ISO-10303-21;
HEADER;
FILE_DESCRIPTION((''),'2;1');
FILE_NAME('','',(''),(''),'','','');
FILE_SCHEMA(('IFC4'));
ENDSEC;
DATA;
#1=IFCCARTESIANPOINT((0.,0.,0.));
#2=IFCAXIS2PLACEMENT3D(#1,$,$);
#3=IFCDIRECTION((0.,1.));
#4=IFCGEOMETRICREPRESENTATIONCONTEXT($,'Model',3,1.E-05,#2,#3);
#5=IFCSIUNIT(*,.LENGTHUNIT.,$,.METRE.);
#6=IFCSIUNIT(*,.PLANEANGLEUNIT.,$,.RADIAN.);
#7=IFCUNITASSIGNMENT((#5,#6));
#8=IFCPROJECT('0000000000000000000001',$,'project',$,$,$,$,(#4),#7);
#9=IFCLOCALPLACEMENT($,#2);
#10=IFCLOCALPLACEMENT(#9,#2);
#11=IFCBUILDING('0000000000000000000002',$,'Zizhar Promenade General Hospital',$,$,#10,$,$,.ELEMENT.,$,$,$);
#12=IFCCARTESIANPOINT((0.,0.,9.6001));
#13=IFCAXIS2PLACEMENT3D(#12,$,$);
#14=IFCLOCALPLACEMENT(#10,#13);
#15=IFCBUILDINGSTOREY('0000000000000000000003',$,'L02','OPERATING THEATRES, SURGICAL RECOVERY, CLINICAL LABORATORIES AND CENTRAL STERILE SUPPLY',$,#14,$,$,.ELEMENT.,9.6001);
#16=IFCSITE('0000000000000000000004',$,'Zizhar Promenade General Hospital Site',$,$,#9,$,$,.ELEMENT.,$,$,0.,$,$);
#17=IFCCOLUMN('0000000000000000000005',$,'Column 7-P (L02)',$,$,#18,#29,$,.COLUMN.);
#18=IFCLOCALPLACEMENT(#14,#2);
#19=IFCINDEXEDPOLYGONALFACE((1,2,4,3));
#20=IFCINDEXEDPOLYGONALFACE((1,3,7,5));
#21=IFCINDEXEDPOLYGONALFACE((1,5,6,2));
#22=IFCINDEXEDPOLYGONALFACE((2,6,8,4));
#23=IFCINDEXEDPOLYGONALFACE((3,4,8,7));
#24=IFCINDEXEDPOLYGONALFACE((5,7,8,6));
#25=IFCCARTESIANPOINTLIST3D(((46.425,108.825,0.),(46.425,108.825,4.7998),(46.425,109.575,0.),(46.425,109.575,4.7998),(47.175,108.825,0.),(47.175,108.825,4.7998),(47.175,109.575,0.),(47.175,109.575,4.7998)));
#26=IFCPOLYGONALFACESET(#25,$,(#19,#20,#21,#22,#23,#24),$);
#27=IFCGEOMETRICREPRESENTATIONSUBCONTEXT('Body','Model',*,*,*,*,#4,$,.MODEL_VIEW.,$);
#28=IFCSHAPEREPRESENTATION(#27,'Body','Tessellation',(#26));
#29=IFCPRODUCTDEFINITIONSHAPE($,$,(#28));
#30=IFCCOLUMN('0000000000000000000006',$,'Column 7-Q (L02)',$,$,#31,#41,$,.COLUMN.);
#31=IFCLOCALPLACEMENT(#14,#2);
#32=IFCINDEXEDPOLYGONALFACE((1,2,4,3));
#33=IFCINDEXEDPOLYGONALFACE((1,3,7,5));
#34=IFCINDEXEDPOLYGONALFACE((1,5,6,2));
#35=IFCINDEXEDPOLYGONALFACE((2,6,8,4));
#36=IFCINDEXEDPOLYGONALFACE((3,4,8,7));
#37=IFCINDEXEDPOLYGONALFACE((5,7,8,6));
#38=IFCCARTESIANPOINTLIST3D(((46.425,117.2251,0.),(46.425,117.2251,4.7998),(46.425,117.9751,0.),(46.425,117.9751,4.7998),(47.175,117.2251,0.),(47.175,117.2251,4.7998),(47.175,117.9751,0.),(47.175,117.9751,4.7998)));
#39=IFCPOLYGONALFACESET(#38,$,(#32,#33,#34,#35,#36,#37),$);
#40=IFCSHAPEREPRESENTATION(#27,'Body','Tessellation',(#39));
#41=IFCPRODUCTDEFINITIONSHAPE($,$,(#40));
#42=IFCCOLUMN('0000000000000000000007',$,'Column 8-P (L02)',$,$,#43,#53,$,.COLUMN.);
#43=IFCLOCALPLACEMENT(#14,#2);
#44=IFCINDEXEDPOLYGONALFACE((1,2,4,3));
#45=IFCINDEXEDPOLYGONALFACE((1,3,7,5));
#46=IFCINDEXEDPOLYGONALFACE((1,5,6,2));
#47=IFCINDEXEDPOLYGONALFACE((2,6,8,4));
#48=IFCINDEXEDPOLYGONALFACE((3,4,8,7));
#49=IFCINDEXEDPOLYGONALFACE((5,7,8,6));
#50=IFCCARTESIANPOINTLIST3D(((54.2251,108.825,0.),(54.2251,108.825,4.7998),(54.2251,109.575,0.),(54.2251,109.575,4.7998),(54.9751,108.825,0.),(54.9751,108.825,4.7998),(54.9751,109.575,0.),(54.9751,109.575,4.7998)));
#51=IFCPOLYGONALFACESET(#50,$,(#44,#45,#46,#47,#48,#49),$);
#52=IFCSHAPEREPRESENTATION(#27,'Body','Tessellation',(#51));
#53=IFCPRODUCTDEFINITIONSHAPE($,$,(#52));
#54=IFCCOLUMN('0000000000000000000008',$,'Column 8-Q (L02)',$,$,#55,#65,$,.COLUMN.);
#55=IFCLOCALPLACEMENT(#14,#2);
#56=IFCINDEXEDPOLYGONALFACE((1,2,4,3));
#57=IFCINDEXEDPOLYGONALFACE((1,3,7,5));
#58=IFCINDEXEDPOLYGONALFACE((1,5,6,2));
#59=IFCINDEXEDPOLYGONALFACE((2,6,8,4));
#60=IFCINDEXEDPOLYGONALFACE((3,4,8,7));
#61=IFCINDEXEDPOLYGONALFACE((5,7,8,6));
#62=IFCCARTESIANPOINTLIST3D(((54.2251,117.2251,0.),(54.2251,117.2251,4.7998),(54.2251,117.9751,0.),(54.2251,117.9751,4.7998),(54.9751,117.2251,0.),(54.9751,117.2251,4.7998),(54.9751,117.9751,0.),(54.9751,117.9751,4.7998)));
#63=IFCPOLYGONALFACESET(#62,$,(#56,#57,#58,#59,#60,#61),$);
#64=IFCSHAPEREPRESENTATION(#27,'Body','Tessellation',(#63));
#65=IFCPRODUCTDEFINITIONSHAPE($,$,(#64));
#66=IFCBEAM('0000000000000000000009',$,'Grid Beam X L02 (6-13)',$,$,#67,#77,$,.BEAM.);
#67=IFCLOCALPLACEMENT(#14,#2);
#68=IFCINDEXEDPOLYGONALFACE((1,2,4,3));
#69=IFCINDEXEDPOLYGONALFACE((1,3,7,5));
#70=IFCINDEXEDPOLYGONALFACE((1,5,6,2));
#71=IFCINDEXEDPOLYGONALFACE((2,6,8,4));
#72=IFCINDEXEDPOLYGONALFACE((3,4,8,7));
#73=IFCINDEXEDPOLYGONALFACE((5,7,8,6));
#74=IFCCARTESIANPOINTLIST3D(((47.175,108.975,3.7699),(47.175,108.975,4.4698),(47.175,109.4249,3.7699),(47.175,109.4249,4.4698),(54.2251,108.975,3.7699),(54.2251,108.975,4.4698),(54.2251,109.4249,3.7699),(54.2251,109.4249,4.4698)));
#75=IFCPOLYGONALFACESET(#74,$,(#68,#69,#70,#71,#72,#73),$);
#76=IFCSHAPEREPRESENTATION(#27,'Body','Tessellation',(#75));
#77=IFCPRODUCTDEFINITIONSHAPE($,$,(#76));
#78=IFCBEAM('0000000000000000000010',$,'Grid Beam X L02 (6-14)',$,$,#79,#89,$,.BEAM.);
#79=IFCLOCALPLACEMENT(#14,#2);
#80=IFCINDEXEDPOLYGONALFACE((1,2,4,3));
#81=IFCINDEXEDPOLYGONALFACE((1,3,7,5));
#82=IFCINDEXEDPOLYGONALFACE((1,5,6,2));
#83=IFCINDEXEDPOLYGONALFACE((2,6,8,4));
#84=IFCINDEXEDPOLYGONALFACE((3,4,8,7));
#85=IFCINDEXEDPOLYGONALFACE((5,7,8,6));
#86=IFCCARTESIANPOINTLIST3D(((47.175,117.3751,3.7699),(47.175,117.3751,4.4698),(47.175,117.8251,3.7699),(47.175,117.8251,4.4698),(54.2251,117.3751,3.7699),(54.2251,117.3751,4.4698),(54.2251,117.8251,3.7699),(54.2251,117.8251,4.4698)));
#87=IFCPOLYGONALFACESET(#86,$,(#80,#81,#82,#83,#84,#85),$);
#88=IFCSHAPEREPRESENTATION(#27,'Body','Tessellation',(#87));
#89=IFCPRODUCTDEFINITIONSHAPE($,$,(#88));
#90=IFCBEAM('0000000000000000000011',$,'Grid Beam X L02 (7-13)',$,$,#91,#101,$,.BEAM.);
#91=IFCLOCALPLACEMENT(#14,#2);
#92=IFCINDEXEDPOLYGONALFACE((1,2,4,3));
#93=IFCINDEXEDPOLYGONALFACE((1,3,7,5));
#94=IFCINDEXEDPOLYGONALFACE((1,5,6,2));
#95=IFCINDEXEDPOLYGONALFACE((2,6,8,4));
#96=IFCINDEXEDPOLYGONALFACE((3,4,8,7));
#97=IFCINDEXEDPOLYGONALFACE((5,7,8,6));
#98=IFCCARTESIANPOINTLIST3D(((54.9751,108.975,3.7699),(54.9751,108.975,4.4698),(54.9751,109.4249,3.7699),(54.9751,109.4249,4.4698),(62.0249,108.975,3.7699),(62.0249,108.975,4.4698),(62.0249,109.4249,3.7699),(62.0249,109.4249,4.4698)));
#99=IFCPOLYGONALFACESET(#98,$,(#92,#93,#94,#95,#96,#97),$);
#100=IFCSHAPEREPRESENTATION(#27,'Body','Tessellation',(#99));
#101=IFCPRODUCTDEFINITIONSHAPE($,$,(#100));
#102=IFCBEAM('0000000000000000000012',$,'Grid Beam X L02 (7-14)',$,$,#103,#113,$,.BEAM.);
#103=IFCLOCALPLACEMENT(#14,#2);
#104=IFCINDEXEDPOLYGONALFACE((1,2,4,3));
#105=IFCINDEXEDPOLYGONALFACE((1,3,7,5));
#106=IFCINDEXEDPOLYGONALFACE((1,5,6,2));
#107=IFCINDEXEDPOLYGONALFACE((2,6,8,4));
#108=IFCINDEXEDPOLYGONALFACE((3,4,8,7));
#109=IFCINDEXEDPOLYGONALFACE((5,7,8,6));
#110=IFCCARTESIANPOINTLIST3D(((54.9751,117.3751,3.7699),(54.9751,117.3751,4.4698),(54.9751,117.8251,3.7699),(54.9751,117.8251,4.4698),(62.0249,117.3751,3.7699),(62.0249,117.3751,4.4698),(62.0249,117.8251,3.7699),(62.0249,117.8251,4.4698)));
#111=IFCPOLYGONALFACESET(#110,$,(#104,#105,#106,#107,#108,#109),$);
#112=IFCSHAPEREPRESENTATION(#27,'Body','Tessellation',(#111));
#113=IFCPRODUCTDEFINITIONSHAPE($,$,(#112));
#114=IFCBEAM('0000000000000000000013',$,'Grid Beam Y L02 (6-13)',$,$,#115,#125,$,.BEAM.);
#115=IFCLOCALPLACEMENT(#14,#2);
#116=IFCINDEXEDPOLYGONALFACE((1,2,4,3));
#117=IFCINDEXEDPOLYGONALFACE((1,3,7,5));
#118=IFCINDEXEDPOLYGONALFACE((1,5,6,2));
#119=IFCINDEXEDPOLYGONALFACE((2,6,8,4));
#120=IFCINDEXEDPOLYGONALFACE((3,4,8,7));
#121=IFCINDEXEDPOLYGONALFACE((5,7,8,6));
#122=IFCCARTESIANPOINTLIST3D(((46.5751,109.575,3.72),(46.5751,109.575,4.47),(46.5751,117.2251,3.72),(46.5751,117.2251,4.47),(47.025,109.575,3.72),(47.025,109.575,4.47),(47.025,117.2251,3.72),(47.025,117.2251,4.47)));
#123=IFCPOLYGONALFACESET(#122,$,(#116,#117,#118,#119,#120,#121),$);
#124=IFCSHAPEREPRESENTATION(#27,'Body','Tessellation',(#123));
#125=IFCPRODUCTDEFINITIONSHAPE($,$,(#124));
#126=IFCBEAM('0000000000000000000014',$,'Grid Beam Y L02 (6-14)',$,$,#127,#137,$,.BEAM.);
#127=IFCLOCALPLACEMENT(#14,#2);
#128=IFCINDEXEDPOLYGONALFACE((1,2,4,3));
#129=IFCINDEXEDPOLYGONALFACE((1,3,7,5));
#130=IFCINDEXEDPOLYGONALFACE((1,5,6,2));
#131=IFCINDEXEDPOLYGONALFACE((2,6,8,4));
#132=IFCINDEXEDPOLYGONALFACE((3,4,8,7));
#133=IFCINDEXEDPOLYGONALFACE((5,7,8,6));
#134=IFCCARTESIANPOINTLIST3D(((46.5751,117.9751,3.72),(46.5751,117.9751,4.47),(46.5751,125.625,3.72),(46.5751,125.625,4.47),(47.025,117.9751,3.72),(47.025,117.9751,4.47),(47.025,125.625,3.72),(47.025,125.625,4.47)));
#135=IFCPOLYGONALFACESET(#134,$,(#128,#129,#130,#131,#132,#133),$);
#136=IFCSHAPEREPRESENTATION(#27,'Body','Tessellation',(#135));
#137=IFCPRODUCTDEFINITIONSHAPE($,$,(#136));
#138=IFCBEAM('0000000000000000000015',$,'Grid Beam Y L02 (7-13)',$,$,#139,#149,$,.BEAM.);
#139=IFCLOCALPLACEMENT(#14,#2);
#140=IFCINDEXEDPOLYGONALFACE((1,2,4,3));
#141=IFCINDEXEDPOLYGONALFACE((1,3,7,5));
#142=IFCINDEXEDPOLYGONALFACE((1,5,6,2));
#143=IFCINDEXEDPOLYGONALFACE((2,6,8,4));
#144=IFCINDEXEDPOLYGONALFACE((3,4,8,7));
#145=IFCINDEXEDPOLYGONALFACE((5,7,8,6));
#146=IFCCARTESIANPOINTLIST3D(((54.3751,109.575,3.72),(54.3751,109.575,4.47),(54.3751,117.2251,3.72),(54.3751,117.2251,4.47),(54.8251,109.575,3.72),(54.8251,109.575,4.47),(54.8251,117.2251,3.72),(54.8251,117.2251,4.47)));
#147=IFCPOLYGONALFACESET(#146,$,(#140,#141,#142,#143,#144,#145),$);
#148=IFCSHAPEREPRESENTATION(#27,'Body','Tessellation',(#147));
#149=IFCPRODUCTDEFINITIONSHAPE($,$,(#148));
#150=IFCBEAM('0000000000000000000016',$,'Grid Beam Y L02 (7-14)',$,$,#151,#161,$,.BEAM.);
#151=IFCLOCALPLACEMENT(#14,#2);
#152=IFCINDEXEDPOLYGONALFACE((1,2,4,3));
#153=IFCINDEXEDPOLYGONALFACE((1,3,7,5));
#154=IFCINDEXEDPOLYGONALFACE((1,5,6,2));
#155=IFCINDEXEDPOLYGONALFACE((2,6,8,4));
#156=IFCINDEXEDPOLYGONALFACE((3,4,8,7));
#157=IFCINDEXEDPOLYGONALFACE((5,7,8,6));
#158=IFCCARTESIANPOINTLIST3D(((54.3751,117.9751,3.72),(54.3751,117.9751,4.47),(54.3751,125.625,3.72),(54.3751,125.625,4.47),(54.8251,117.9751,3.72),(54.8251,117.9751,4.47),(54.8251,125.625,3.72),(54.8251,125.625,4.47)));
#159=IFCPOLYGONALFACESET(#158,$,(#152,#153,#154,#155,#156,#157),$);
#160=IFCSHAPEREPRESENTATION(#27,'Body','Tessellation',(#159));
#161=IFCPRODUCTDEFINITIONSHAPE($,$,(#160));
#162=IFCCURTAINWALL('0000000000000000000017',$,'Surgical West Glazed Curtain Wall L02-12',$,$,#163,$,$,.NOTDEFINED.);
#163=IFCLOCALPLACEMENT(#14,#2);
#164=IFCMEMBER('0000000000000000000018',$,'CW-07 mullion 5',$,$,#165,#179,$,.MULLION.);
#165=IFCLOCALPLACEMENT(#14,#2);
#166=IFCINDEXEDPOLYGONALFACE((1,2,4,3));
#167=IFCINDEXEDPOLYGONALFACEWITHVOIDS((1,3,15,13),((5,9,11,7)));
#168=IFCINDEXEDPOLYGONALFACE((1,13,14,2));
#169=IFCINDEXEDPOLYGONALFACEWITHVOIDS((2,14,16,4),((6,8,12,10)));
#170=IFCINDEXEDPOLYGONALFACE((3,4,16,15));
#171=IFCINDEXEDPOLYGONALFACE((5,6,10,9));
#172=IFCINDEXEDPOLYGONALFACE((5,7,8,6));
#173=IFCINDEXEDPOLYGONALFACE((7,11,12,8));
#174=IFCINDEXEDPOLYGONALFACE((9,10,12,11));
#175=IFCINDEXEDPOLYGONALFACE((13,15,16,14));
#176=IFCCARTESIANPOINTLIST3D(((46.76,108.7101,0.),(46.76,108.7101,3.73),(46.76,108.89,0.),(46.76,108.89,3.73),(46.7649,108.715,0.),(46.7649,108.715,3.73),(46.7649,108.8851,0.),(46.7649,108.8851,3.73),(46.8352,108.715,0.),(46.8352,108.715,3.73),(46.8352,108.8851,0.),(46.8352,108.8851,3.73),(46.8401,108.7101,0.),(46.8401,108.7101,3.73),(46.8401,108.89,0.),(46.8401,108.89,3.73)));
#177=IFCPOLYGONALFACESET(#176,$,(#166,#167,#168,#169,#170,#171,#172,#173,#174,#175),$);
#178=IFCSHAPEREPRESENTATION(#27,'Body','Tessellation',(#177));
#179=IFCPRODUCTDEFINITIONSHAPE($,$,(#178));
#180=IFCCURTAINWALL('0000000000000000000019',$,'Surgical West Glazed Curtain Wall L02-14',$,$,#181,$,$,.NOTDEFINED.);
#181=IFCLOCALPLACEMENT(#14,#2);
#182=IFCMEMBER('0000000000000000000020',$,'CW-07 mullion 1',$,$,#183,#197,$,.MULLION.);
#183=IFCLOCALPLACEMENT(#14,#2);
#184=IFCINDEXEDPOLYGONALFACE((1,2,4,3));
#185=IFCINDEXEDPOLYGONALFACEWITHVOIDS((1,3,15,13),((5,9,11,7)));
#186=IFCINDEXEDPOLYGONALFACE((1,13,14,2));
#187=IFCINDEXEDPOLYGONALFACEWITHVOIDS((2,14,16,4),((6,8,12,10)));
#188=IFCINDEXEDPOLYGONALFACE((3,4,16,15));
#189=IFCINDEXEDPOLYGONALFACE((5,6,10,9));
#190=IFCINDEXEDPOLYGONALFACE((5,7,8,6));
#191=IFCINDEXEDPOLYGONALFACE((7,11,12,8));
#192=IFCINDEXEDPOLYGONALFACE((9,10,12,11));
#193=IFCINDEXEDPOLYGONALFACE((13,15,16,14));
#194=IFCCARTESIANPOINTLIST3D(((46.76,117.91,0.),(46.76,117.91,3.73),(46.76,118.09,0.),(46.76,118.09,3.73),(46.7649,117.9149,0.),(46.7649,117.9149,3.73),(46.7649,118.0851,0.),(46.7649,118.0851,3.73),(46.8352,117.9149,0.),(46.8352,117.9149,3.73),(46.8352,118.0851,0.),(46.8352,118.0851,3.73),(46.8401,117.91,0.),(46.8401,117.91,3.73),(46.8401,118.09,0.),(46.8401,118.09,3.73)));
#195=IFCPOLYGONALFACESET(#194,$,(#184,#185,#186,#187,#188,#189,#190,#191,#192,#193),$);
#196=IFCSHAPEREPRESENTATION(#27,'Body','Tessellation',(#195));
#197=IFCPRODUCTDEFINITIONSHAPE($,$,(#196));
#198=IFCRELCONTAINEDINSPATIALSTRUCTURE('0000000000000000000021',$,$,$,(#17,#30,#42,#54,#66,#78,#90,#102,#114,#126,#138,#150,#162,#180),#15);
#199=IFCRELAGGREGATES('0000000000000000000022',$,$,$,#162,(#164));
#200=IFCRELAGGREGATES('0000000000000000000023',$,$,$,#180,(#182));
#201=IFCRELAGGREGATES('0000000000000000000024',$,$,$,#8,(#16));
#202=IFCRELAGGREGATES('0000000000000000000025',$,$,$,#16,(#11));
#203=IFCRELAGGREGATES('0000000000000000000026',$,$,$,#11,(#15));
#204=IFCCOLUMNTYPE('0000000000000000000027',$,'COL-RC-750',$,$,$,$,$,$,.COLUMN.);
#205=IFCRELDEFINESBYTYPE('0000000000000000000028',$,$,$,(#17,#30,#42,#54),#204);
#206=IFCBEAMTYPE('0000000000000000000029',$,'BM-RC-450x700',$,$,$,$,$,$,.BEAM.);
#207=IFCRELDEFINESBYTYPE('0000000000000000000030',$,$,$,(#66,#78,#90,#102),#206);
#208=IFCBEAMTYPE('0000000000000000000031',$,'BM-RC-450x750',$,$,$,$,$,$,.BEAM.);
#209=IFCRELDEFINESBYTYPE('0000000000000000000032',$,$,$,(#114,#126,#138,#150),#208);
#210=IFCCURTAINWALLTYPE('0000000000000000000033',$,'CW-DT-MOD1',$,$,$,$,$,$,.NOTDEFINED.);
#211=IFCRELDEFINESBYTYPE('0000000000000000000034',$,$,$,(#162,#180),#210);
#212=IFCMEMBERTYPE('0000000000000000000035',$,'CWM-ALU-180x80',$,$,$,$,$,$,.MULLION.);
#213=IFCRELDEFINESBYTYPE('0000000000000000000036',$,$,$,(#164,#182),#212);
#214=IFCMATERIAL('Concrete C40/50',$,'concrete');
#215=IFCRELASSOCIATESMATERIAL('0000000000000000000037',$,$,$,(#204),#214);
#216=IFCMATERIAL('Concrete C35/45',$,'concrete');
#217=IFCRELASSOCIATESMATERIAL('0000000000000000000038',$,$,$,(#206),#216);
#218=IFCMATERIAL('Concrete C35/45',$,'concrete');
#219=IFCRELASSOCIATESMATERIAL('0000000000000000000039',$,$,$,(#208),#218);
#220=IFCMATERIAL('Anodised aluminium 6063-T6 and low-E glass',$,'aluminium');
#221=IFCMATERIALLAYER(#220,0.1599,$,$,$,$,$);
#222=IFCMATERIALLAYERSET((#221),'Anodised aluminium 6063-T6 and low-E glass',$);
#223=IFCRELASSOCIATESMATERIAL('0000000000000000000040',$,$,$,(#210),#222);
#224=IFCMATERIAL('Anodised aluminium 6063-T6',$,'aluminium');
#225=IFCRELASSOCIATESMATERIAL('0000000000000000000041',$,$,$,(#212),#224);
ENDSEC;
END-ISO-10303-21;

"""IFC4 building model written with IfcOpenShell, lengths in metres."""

from ifc_helpers import new_model, si_unit, direction, frame, origin, origin_2d, place, context, subcontext, project, spatial, rectangle, hollow_rectangle, extrude, material, layer, layer_set, material_profile, profile_set, type_object, element, aggregate, save


model = new_model("IFC4")

# Units and contexts
model_context = context("Model", 3, precision=1e-05, world=origin(), true_north=direction((0.0, 1.0)))
body_context = subcontext(model_context, "Body", "Model", "MODEL_VIEW")
ifc_project = project(units=[si_unit("LENGTHUNIT", "METRE"), si_unit("PLANEANGLEUNIT", "RADIAN")], contexts=[model_context])

# Site, building, storey
site_placement = place(None, origin())
site = spatial("IfcSite", under=ifc_project, at=site_placement, Name="Zizhar Promenade General Hospital Site", CompositionType="ELEMENT", RefElevation=0.0)
building_placement = place(site_placement, origin())
building = spatial("IfcBuilding", under=site, at=building_placement, Name="Zizhar Promenade General Hospital", CompositionType="ELEMENT")
storey_placement = place(building_placement, frame((0.0, 0.0, 9.6001)))
storey = spatial("IfcBuildingStorey", under=building, at=storey_placement, Name="L02", Description="OPERATING THEATRES, SURGICAL RECOVERY, CLINICAL LABORATORIES AND CENTRAL STERILE SUPPLY", CompositionType="ELEMENT", Elevation=9.6001)

# Columns
ifc_material_1 = material(Name="Concrete C40/50", Category="concrete")
ifc_material_profile_1 = material_profile(ifc_material_1, rectangle(XDim=0.75, YDim=0.75, at=origin_2d()))
ifc_profile_set_1 = profile_set([ifc_material_profile_1], Name="Concrete C40/50")
column_type = type_object("IfcColumnType", Name="COL-RC-750", PredefinedType="COLUMN", material=ifc_profile_set_1)
for number, where, z_axis, x_axis, name in (
    (1, (46.8, 109.2, 0.0), (0.0, 0.0, 1.0), (1.0, 0.0, 0.0), "Column 7-P (L02)"),
    (2, (46.8, 117.6001, 0.0), (0.0, 0.0, 1.0), (1.0, 0.0, 0.0), "Column 7-Q (L02)"),
    (3, (54.6001, 109.2, 0.0), (0.0, 0.0, 1.0), (1.0, 0.0, 0.0), "Column 8-P (L02)"),
    (4, (54.6001, 117.6001, 0.0), (0.0, 0.0, 1.0), (1.0, 0.0, 0.0), "Column 8-Q (L02)"),
):
    element("IfcColumn", number, at=place(storey_placement, frame(where, z_axis=z_axis, x_axis=x_axis)), inside=storey, type_object=column_type, Name=name, PredefinedType="COLUMN", context=body_context, shape_type="SweptSolid", body=[
        extrude(rectangle(XDim=0.75, YDim=0.75, at=origin_2d()), origin(), (0.0, 0.0, 1.0), 4.7998),
    ])

# Beams
ifc_material_2 = material(Name="Concrete C35/45", Category="concrete")
ifc_material_profile_2 = material_profile(ifc_material_2, rectangle(XDim=0.45, YDim=0.7, at=origin_2d()))
ifc_profile_set_2 = profile_set([ifc_material_profile_2], Name="Concrete C35/45")
beam_type_1 = type_object("IfcBeamType", Name="BM-RC-450x700", PredefinedType="BEAM", material=ifc_profile_set_2)
for number, where, z_axis, x_axis, name in (
    (5, (47.175, 109.2, 4.1199), (1.0, 0.0, 0.0), (0.0, 1.0, 0.0), "Grid Beam X L02 (6-13)"),
    (6, (47.175, 117.6001, 4.1199), (1.0, 0.0, 0.0), (0.0, 1.0, 0.0), "Grid Beam X L02 (6-14)"),
):
    element("IfcBeam", number, at=place(storey_placement, frame(where, z_axis=z_axis, x_axis=x_axis)), inside=storey, type_object=beam_type_1, Name=name, PredefinedType="BEAM", context=body_context, shape_type="SweptSolid", body=[
        extrude(rectangle(XDim=0.45, YDim=0.7, at=origin_2d()), origin(), (0.0, 0.0, 1.0), 7.05),
    ])
for number, where, z_axis, x_axis, name in (
    (7, (54.9751, 109.2, 4.1199), (1.0, 0.0, 0.0), (0.0, 1.0, 0.0), "Grid Beam X L02 (7-13)"),
    (8, (54.9751, 117.6001, 4.1199), (1.0, 0.0, 0.0), (0.0, 1.0, 0.0), "Grid Beam X L02 (7-14)"),
):
    element("IfcBeam", number, at=place(storey_placement, frame(where, z_axis=z_axis, x_axis=x_axis)), inside=storey, type_object=beam_type_1, Name=name, PredefinedType="BEAM", context=body_context, shape_type="SweptSolid", body=[
        extrude(rectangle(XDim=0.45, YDim=0.7, at=origin_2d()), origin(), (0.0, 0.0, 1.0), 7.0498),
    ])
ifc_material_3 = material(Name="Concrete C35/45", Category="concrete")
ifc_material_profile_3 = material_profile(ifc_material_3, rectangle(XDim=0.45, YDim=0.75, at=origin_2d()))
ifc_profile_set_3 = profile_set([ifc_material_profile_3], Name="Concrete C35/45")
beam_type_2 = type_object("IfcBeamType", Name="BM-RC-450x750", PredefinedType="BEAM", material=ifc_profile_set_3)
beam_1_placement = place(storey_placement, frame((46.8, 109.575, 4.095), z_axis=(0.0, 1.0, 0.0), x_axis=(-1.0, 0.0, 0.0)))
element("IfcBeam", 9, at=beam_1_placement, inside=storey, type_object=beam_type_2, Name="Grid Beam Y L02 (6-13)", PredefinedType="BEAM", context=body_context, shape_type="SweptSolid", body=[
    extrude(rectangle(XDim=0.45, YDim=0.75, at=origin_2d()), origin(), (0.0, 0.0, 1.0), 7.6501),
])
beam_2_placement = place(storey_placement, frame((46.8, 117.9751, 4.095), z_axis=(0.0, 1.0, 0.0), x_axis=(-1.0, 0.0, 0.0)))
element("IfcBeam", 10, at=beam_2_placement, inside=storey, type_object=beam_type_2, Name="Grid Beam Y L02 (6-14)", PredefinedType="BEAM", context=body_context, shape_type="SweptSolid", body=[
    extrude(rectangle(XDim=0.45, YDim=0.75, at=origin_2d()), origin(), (0.0, 0.0, 1.0), 7.6499),
])
beam_3_placement = place(storey_placement, frame((54.6001, 109.575, 4.095), z_axis=(0.0, 1.0, 0.0), x_axis=(-1.0, 0.0, 0.0)))
element("IfcBeam", 11, at=beam_3_placement, inside=storey, type_object=beam_type_2, Name="Grid Beam Y L02 (7-13)", PredefinedType="BEAM", context=body_context, shape_type="SweptSolid", body=[
    extrude(rectangle(XDim=0.45, YDim=0.75, at=origin_2d()), origin(), (0.0, 0.0, 1.0), 7.6501),
])
beam_4_placement = place(storey_placement, frame((54.6001, 117.9751, 4.095), z_axis=(0.0, 1.0, 0.0), x_axis=(-1.0, 0.0, 0.0)))
element("IfcBeam", 12, at=beam_4_placement, inside=storey, type_object=beam_type_2, Name="Grid Beam Y L02 (7-14)", PredefinedType="BEAM", context=body_context, shape_type="SweptSolid", body=[
    extrude(rectangle(XDim=0.45, YDim=0.75, at=origin_2d()), origin(), (0.0, 0.0, 1.0), 7.6499),
])

# Curtain wall, member
ifc_material_4 = material(Name="Anodised aluminium 6063-T6 and low-E glass", Category="aluminium")
ifc_layer_1 = layer(ifc_material_4, 0.1599)
ifc_layer_set_1 = layer_set([ifc_layer_1], Name="Anodised aluminium 6063-T6 and low-E glass")
curtain_wall_type = type_object("IfcCurtainWallType", Name="CW-DT-MOD1", PredefinedType="NOTDEFINED", material=ifc_layer_set_1)
curtain_wall_1_placement = place(storey_placement, origin())
curtain_wall_1 = element("IfcCurtainWall", 13, at=curtain_wall_1_placement, inside=storey, type_object=curtain_wall_type, Name="Surgical West Glazed Curtain Wall L02-12", PredefinedType="NOTDEFINED")
ifc_material_5 = material(Name="Anodised aluminium 6063-T6", Category="aluminium")
ifc_material_profile_4 = material_profile(ifc_material_5, hollow_rectangle(XDim=0.0801, YDim=0.1799, WallThickness=0.0049, at=origin_2d()))
ifc_profile_set_4 = profile_set([ifc_material_profile_4], Name="Anodised aluminium 6063-T6")
member_type_1 = type_object("IfcMemberType", Name="CWM-ALU-180x80", PredefinedType="MULLION", material=ifc_profile_set_4)
member_1_placement = place(storey_placement, frame((46.8, 108.8, 0.0), z_axis=(0.0, 0.0, 1.0), x_axis=(-1.0, 0.0, 0.0)))
member_1 = element("IfcMember", 14, at=member_1_placement, type_object=member_type_1, Name="CW-07 mullion 5", PredefinedType="MULLION", context=body_context, shape_type="SweptSolid", body=[
    extrude(hollow_rectangle(XDim=0.0801, YDim=0.1799, WallThickness=0.0049, at=origin_2d()), origin(), (0.0, 0.0, 1.0), 3.73),
])

# Curtain wall, member
curtain_wall_2_placement = place(storey_placement, origin())
curtain_wall_2 = element("IfcCurtainWall", 15, at=curtain_wall_2_placement, inside=storey, type_object=curtain_wall_type, Name="Surgical West Glazed Curtain Wall L02-14", PredefinedType="NOTDEFINED")
member_2_placement = place(storey_placement, frame((46.8, 118.0, 0.0), z_axis=(0.0, 0.0, 1.0), x_axis=(-1.0, 0.0, 0.0)))
member_2 = element("IfcMember", 16, at=member_2_placement, type_object=member_type_1, Name="CW-07 mullion 1", PredefinedType="MULLION", context=body_context, shape_type="SweptSolid", body=[
    extrude(hollow_rectangle(XDim=0.0801, YDim=0.1799, WallThickness=0.0049, at=origin_2d()), origin(), (0.0, 0.0, 1.0), 3.73),
])

aggregate(curtain_wall_1, [member_1])
aggregate(curtain_wall_2, [member_2])

save(model, "model.ifc")
